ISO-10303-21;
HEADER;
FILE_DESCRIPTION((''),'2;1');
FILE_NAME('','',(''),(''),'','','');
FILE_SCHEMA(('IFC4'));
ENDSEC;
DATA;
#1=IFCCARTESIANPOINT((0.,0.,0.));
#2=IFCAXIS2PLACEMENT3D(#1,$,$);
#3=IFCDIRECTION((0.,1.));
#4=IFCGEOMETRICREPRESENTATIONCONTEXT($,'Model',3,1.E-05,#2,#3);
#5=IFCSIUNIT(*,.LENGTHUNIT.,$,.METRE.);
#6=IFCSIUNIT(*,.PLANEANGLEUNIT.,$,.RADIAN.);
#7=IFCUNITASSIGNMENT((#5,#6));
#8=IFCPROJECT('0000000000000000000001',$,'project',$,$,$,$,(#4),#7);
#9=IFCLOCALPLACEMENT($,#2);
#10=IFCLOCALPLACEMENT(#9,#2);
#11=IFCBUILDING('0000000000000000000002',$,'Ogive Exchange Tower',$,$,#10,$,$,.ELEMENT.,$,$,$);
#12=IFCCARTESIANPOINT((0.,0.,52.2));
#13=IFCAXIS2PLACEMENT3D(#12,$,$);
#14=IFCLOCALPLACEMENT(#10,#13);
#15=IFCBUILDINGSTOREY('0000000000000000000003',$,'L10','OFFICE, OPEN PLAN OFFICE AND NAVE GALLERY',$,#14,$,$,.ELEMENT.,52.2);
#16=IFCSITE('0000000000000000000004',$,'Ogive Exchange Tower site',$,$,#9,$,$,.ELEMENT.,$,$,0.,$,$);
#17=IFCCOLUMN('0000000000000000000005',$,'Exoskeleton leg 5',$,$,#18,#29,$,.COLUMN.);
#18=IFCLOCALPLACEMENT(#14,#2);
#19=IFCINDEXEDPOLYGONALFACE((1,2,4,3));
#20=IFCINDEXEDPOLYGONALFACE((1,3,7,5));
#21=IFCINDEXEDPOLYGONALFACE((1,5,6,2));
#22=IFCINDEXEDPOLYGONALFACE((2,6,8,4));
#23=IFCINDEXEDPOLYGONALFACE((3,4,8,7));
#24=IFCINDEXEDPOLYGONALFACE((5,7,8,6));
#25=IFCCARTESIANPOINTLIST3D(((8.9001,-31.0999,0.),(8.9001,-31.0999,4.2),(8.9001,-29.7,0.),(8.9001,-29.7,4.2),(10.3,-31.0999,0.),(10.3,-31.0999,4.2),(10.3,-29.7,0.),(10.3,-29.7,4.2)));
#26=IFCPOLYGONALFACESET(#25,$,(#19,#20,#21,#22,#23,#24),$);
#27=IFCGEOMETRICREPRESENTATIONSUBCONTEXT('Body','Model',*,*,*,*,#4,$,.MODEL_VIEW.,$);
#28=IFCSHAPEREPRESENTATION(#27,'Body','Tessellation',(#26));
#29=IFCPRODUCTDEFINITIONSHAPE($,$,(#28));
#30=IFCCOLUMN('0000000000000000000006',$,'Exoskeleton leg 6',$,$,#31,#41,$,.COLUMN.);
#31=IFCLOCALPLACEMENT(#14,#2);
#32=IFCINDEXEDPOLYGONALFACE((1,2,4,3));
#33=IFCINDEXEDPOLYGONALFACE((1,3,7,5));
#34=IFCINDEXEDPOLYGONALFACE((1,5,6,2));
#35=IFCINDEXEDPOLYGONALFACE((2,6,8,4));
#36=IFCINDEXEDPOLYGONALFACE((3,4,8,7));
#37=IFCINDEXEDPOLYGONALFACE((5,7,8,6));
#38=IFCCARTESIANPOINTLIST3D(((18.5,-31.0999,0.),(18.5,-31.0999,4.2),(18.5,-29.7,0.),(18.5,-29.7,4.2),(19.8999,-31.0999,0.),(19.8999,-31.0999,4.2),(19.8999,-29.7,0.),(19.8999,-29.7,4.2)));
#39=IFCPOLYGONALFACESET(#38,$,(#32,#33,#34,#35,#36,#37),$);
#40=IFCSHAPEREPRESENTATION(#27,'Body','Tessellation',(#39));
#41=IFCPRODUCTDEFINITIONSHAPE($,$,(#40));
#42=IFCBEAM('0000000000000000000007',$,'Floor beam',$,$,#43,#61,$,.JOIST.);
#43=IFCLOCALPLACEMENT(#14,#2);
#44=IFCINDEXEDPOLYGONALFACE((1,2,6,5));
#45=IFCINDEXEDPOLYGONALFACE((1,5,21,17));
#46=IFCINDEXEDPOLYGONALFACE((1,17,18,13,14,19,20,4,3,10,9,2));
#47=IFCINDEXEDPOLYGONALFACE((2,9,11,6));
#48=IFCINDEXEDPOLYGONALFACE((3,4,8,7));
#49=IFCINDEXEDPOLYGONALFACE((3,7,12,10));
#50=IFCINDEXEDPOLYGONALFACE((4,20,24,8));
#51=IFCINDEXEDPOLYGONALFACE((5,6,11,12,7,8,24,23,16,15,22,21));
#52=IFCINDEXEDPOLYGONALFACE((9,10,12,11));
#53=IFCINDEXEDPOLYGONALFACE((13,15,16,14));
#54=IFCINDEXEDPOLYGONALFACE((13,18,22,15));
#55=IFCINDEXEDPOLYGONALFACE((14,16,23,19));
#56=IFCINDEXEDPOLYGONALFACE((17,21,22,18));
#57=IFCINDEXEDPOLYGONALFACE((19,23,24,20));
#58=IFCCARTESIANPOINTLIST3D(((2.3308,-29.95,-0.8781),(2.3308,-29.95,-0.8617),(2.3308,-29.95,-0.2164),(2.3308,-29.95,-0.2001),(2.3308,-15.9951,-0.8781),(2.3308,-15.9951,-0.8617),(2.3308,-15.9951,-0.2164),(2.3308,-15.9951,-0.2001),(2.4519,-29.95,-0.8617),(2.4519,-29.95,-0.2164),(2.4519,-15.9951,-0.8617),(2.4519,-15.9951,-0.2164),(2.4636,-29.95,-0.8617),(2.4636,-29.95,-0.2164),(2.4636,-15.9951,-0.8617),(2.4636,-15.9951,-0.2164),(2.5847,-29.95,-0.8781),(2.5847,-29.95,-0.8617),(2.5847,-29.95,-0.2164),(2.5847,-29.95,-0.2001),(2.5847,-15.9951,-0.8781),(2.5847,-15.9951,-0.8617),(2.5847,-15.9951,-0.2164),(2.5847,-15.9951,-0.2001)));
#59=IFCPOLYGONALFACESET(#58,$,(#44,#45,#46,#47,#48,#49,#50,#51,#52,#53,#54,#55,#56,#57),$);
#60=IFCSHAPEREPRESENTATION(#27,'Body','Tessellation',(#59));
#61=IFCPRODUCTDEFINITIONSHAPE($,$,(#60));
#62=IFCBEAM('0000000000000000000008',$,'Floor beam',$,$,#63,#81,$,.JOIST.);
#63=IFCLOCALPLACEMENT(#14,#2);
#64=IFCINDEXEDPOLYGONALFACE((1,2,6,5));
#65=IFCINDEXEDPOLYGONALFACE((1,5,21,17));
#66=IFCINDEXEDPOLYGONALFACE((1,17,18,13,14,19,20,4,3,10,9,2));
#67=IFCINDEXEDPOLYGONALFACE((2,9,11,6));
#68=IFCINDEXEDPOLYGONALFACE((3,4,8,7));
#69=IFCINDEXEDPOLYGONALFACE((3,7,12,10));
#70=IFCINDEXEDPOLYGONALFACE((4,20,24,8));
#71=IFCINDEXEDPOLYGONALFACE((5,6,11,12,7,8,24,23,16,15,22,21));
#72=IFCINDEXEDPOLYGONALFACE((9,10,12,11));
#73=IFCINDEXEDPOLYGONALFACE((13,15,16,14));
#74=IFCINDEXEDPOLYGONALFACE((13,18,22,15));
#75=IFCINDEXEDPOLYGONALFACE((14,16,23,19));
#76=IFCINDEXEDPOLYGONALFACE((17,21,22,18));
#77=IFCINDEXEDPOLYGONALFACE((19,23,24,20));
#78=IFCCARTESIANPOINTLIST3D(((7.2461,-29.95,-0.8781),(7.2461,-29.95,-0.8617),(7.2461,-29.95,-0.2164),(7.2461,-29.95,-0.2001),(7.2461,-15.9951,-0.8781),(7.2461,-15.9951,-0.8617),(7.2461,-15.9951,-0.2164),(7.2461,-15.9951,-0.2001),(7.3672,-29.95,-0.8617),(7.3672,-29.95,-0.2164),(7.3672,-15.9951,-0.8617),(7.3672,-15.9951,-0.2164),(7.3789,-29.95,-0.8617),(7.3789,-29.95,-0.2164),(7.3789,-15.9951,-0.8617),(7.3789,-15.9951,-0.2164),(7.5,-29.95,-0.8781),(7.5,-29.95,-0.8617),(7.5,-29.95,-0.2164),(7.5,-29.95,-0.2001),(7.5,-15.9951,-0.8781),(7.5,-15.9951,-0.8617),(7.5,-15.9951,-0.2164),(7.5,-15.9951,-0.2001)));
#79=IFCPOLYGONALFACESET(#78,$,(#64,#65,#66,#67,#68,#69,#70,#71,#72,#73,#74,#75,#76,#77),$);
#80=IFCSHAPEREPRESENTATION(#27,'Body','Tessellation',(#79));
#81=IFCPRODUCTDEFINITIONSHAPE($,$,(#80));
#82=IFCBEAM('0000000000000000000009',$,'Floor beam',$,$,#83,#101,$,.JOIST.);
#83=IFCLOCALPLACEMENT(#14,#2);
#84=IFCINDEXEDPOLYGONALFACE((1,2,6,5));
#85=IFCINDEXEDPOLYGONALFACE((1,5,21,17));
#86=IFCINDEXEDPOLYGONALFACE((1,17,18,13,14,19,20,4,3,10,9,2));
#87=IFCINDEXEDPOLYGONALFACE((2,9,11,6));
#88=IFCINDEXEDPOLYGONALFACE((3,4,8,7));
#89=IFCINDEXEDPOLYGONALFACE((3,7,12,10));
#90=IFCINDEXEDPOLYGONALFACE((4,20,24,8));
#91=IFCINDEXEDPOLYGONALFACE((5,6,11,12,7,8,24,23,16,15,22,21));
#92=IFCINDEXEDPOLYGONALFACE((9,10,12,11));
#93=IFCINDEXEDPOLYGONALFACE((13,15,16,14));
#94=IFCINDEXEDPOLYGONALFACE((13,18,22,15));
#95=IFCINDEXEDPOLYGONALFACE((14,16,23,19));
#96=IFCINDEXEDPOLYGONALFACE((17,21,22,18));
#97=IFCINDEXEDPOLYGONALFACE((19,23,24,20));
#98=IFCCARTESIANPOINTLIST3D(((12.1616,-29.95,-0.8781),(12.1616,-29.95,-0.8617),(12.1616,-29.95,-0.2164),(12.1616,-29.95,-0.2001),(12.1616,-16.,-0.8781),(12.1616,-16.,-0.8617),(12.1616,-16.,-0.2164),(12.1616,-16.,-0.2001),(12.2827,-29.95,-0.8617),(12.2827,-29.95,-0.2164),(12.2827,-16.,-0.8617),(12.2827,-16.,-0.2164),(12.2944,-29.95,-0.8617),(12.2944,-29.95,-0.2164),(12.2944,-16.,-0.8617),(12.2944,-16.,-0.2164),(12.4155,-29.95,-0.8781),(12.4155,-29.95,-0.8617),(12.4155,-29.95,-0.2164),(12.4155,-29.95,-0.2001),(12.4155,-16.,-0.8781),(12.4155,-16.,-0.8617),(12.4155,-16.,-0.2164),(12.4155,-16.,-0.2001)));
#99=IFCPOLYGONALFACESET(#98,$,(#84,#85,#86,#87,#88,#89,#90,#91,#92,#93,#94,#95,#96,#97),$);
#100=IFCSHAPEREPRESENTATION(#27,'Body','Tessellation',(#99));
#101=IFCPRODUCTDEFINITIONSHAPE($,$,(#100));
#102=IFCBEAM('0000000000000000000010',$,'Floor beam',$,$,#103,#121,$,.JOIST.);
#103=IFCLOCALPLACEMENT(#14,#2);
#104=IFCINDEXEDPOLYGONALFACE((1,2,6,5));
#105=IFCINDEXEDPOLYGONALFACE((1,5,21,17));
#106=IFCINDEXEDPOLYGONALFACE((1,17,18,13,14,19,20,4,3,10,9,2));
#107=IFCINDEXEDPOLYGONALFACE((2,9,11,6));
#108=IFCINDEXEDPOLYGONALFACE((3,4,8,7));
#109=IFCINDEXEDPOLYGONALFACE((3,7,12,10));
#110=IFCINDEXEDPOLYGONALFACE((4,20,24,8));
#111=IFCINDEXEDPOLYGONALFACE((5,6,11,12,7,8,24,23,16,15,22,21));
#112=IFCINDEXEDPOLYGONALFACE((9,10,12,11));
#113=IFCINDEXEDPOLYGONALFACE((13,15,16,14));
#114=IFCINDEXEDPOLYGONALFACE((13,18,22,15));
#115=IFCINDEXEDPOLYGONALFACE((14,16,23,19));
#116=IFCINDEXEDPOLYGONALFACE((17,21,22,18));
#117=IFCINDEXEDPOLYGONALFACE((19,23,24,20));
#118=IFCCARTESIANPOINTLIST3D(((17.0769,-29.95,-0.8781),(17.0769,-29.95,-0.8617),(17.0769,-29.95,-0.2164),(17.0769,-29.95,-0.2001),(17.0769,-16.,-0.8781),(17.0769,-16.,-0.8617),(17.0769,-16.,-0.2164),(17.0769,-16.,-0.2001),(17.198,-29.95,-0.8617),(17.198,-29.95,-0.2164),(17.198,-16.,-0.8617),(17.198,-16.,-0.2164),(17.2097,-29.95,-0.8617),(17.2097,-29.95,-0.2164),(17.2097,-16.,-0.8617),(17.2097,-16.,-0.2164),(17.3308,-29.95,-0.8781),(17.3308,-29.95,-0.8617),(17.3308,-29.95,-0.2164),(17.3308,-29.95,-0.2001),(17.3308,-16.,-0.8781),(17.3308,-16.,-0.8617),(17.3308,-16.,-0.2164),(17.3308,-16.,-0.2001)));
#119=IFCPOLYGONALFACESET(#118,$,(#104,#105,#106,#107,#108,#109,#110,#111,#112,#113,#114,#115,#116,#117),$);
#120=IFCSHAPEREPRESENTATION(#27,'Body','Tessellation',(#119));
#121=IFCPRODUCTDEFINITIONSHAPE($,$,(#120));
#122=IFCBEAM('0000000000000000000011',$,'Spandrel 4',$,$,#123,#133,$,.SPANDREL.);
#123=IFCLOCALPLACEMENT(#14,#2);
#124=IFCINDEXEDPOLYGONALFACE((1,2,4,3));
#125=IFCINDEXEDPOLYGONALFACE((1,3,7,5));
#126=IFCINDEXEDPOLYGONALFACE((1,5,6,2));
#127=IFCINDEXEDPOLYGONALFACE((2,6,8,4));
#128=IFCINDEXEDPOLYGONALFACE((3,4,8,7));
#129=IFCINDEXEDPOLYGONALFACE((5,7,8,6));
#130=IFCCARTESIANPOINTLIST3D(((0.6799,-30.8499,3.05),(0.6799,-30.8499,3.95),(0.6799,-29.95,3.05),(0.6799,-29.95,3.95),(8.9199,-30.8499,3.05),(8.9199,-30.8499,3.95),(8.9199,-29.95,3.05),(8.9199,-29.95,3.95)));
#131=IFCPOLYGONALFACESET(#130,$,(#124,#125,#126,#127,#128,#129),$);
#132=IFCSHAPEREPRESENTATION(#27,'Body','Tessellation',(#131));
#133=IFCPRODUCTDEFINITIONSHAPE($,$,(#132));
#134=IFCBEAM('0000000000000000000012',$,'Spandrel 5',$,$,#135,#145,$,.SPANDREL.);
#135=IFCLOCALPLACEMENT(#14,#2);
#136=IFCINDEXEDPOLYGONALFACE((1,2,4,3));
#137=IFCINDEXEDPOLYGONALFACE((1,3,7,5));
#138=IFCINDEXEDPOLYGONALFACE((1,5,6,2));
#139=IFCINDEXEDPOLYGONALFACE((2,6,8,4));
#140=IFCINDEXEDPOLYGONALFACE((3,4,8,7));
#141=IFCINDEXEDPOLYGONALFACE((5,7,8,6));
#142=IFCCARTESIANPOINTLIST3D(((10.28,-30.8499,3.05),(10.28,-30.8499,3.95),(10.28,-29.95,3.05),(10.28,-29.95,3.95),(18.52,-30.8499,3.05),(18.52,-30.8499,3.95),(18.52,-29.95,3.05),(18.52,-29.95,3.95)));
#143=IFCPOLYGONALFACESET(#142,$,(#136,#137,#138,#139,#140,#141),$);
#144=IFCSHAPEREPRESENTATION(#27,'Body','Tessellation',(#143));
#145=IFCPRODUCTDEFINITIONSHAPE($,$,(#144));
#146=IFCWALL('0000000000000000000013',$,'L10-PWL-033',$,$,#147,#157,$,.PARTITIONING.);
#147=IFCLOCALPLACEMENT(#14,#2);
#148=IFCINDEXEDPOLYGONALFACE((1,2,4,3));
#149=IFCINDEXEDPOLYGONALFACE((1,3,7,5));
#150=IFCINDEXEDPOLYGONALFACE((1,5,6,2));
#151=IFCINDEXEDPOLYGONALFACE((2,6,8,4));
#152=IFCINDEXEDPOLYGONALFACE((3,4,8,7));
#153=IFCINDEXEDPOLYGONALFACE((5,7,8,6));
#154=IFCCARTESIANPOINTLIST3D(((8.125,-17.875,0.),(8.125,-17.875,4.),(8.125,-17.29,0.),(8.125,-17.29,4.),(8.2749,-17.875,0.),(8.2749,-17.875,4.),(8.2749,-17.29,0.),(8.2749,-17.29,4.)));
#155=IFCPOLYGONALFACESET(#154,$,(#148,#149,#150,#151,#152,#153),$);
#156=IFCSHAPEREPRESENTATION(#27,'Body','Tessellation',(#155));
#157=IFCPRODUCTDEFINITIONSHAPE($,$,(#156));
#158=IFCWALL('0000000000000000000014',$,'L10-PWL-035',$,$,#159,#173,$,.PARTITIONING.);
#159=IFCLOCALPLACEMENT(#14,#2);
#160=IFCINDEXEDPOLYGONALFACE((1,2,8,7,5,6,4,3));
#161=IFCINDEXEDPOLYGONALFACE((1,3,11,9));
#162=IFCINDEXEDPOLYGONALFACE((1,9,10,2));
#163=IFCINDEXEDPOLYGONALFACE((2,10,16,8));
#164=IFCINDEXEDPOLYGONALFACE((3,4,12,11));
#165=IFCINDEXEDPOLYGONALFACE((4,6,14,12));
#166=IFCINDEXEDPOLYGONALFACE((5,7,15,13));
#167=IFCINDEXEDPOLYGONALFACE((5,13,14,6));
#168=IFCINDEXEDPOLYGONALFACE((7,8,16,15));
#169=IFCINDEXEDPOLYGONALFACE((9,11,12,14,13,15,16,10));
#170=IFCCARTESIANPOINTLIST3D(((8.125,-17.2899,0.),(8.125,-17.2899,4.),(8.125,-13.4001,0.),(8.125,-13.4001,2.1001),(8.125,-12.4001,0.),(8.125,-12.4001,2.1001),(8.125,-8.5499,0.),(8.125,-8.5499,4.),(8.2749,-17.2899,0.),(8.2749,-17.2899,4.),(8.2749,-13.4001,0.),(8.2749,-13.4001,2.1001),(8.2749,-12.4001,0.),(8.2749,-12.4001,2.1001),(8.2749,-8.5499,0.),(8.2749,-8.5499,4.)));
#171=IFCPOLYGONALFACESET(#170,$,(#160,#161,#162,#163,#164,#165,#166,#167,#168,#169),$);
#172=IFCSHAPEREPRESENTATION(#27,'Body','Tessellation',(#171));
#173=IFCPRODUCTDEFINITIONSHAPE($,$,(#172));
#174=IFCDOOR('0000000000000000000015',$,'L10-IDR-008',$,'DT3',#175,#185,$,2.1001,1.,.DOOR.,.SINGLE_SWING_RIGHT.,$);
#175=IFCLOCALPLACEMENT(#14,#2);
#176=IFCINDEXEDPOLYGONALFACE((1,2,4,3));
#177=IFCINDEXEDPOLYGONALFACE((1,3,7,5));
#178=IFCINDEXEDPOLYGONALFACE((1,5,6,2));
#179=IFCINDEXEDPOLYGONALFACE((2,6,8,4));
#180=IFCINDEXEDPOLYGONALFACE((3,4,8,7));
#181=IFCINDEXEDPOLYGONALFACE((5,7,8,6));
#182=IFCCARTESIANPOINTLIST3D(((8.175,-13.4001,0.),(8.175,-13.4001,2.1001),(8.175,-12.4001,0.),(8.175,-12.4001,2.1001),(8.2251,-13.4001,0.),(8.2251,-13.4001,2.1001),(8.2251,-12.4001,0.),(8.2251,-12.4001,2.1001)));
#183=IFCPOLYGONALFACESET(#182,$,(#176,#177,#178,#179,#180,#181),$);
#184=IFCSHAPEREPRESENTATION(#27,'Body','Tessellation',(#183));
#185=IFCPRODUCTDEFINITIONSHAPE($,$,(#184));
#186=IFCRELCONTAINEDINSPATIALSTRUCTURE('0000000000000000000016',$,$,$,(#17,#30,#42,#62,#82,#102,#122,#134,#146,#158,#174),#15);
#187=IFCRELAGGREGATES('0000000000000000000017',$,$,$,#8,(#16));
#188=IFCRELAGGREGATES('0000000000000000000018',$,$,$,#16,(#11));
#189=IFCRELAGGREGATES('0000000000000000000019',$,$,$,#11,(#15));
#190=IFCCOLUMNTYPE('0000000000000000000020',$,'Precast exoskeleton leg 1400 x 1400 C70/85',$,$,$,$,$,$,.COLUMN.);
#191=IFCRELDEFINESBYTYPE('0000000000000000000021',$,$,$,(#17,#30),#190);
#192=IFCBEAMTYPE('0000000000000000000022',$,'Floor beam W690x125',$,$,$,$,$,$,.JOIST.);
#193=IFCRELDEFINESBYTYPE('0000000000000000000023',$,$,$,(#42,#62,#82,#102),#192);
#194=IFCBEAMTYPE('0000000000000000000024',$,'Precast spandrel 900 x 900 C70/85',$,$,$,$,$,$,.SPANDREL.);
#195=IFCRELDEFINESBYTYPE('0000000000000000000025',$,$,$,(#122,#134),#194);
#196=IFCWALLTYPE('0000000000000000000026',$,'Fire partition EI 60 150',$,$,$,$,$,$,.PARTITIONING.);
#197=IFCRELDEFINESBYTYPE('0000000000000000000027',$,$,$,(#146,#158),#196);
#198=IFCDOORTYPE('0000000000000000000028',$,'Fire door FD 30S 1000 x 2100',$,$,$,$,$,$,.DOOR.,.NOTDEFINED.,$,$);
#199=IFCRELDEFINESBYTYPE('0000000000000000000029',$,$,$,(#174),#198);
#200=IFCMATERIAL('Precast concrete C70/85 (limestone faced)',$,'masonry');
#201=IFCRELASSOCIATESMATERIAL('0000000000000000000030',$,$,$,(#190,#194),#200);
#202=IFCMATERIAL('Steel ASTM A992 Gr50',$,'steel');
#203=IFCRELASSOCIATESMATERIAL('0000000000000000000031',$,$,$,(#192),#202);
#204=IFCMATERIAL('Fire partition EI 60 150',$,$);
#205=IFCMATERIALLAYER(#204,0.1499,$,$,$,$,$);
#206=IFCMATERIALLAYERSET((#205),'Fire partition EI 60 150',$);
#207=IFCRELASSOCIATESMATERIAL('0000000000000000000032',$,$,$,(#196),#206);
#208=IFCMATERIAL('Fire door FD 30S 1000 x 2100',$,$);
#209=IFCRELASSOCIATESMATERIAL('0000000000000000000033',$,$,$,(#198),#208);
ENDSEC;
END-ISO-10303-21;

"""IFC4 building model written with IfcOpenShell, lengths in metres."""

from ifc_helpers import new_model, si_unit, direction, frame, frame_2d, origin, origin_2d, place, context, subcontext, project, spatial, rectangle, i_section, extrude, material, layer, layer_set, material_profile, profile_set, type_object, element, fill, save


model = new_model("IFC4")

# Units and contexts
model_context = context("Model", 3, precision=1e-05, world=origin(), true_north=direction((0.0, 1.0)))
body_context = subcontext(model_context, "Body", "Model", "MODEL_VIEW")
ifc_project = project(units=[si_unit("LENGTHUNIT", "METRE"), si_unit("PLANEANGLEUNIT", "RADIAN")], contexts=[model_context])

# Site, building, storey
site_placement = place(None, origin())
site = spatial("IfcSite", under=ifc_project, at=site_placement, Name="Ogive Exchange Tower site", CompositionType="ELEMENT", RefElevation=0.0)
building_placement = place(site_placement, origin())
building = spatial("IfcBuilding", under=site, at=building_placement, Name="Ogive Exchange Tower", CompositionType="ELEMENT")
storey_placement = place(building_placement, frame((0.0, 0.0, 52.2)))
storey = spatial("IfcBuildingStorey", under=building, at=storey_placement, Name="L10", Description="OFFICE, OPEN PLAN OFFICE AND NAVE GALLERY", CompositionType="ELEMENT", Elevation=52.2)

# Columns
ifc_material_1 = material(Name="Precast concrete C70/85 (limestone faced)", Category="masonry")
ifc_material_profile_1 = material_profile(ifc_material_1, rectangle(XDim=1.3999, YDim=1.3999, at=origin_2d()), Name="1400 x 1400")
ifc_profile_set_1 = profile_set([ifc_material_profile_1], Name="Precast concrete C70/85 (limestone faced)")
column_type = type_object("IfcColumnType", Name="Precast exoskeleton leg 1400 x 1400 C70/85", PredefinedType="COLUMN", material=ifc_profile_set_1)
for number, where, z_axis, x_axis, name in (
    (1, (9.6001, -30.3999, 0.0), (0.0, 0.0, 1.0), (1.0, 0.0, 0.0), "Exoskeleton leg 5"),
    (2, (19.2, -30.3999, 0.0), (0.0, 0.0, 1.0), (1.0, 0.0, 0.0), "Exoskeleton leg 6"),
):
    element("IfcColumn", number, at=place(storey_placement, frame(where, z_axis=z_axis, x_axis=x_axis)), inside=storey, type_object=column_type, Name=name, PredefinedType="COLUMN", context=body_context, shape_type="SweptSolid", body=[
        extrude(rectangle(XDim=1.3999, YDim=1.3999, at=origin_2d()), origin(), (0.0, 0.0, 1.0), 4.2),
    ])

# Beams
ifc_material_2 = material(Name="Steel ASTM A992 Gr50", Category="steel")
ifc_material_profile_2 = material_profile(ifc_material_2, i_section(OverallWidth=0.2539, OverallDepth=0.678, WebThickness=0.0117, FlangeThickness=0.0164, at=origin_2d()), Name="W690x125")
ifc_profile_set_2 = profile_set([ifc_material_profile_2], Name="Steel ASTM A992 Gr50")
beam_type_1 = type_object("IfcBeamType", Name="Floor beam W690x125", PredefinedType="JOIST", material=ifc_profile_set_2)
for number, where, z_axis, x_axis, name in (
    (3, (2.4578, -29.95, -0.5391), (0.0, 1.0, 0.0), (-1.0, 0.0, 0.0), "Floor beam"),
    (4, (7.373, -29.95, -0.5391), (0.0, 1.0, 0.0), (-1.0, 0.0, 0.0), "Floor beam"),
):
    element("IfcBeam", number, at=place(storey_placement, frame(where, z_axis=z_axis, x_axis=x_axis)), inside=storey, type_object=beam_type_1, Name=name, PredefinedType="JOIST", context=body_context, shape_type="SweptSolid", body=[
        extrude(i_section(OverallWidth=0.2539, OverallDepth=0.678, WebThickness=0.0117, FlangeThickness=0.0164, at=origin_2d()), origin(), (0.0, 0.0, 1.0), 13.9548),
    ])
for number, where, z_axis, x_axis, name in (
    (5, (12.2886, -29.95, -0.5391), (0.0, 1.0, 0.0), (-1.0, 0.0, 0.0), "Floor beam"),
    (6, (17.2039, -29.95, -0.5391), (0.0, 1.0, 0.0), (-1.0, 0.0, 0.0), "Floor beam"),
):
    element("IfcBeam", number, at=place(storey_placement, frame(where, z_axis=z_axis, x_axis=x_axis)), inside=storey, type_object=beam_type_1, Name=name, PredefinedType="JOIST", context=body_context, shape_type="SweptSolid", body=[
        extrude(i_section(OverallWidth=0.2539, OverallDepth=0.678, WebThickness=0.0117, FlangeThickness=0.0164, at=origin_2d()), origin(), (0.0, 0.0, 1.0), 13.95),
    ])
ifc_material_profile_3 = material_profile(ifc_material_1, rectangle(XDim=0.8999, YDim=0.8999, at=origin_2d()), Name="900 x 900")
ifc_profile_set_3 = profile_set([ifc_material_profile_3], Name="Precast concrete C70/85 (limestone faced)")
beam_type_2 = type_object("IfcBeamType", Name="Precast spandrel 900 x 900 C70/85", PredefinedType="SPANDREL", material=ifc_profile_set_3)
for number, where, z_axis, x_axis, name in (
    (7, (0.6799, -30.3999, 3.5), (1.0, 0.0, 0.0), (0.0, 1.0, 0.0), "Spandrel 4"),
    (8, (10.28, -30.3999, 3.5), (1.0, 0.0, 0.0), (0.0, 1.0, 0.0), "Spandrel 5"),
):
    element("IfcBeam", number, at=place(storey_placement, frame(where, z_axis=z_axis, x_axis=x_axis)), inside=storey, type_object=beam_type_2, Name=name, PredefinedType="SPANDREL", context=body_context, shape_type="SweptSolid", body=[
        extrude(rectangle(XDim=0.8999, YDim=0.8999, at=origin_2d()), origin(), (0.0, 0.0, 1.0), 8.24),
    ])

# Wall
ifc_material_3 = material(Name="Fire partition EI 60 150")
ifc_layer_1 = layer(ifc_material_3, 0.1499)
ifc_layer_set_1 = layer_set([ifc_layer_1], Name="Fire partition EI 60 150")
wall_type_1 = type_object("IfcWallType", Name="Fire partition EI 60 150", PredefinedType="PARTITIONING", material=ifc_layer_set_1)
wall_1_placement = place(storey_placement, frame((8.2, -17.875, 0.0), z_axis=(0.0, 0.0, 1.0), x_axis=(0.0, 1.0, 0.0)))
element("IfcWall", 9, at=wall_1_placement, inside=storey, type_object=wall_type_1, Name="L10-PWL-033", PredefinedType="PARTITIONING", context=body_context, shape_type="SweptSolid", body=[
    extrude(rectangle(XDim=0.585, YDim=0.1499, at=frame_2d((0.2925, 0.0))), origin(), (0.0, 0.0, 1.0), 4.0),
])

# Wall, opening, door
wall_2_placement = place(storey_placement, frame((8.2, -17.29, 0.0), z_axis=(0.0, 0.0, 1.0), x_axis=(0.0, 1.0, 0.0)))
wall_2 = element("IfcWall", 10, at=wall_2_placement, inside=storey, type_object=wall_type_1, Name="L10-PWL-035", PredefinedType="PARTITIONING", context=body_context, shape_type="SweptSolid", body=[
    extrude(rectangle(XDim=8.74, YDim=0.1499, at=frame_2d((4.3701, 0.0))), origin(), (0.0, 0.0, 1.0), 4.0),
])
opening_1_placement = place(wall_2_placement, frame((3.8899, 0.0, 0.0)))
opening_1 = element("IfcOpeningElement", 11, at=opening_1_placement, cuts=wall_2, PredefinedType="OPENING", context=body_context, shape_type="SweptSolid", body=[
    extrude(rectangle(XDim=1.0, YDim=2.1001, at=frame_2d((0.5, 1.05))), frame((0.0, 0.085, 0.0), z_axis=(0.0, -1.0, 0.0), x_axis=(1.0, 0.0, 0.0)), (0.0, 0.0, 1.0), 0.1699),
])
ifc_material_4 = material(Name="Fire door FD 30S 1000 x 2100")
door_type_1 = type_object("IfcDoorType", Name="Fire door FD 30S 1000 x 2100", OperationType="NOTDEFINED", PredefinedType="DOOR", material=ifc_material_4)
door_1_placement = place(opening_1_placement, origin())
door_1 = element("IfcDoor", 12, at=door_1_placement, inside=storey, type_object=door_type_1, Name="L10-IDR-008", ObjectType="DT3", OperationType="SINGLE_SWING_RIGHT", OverallHeight=2.1001, OverallWidth=1.0, PredefinedType="DOOR", context=body_context, shape_type="SweptSolid", body=[
    extrude(rectangle(XDim=1.0, YDim=2.1001, at=frame_2d((0.5, 1.05))), frame((0.0, 0.0249, 0.0), z_axis=(0.0, -1.0, 0.0), x_axis=(1.0, 0.0, 0.0)), (0.0, 0.0, 1.0), 0.05),
])
fill(opening_1, door_1)

save(model, "model.ifc")
